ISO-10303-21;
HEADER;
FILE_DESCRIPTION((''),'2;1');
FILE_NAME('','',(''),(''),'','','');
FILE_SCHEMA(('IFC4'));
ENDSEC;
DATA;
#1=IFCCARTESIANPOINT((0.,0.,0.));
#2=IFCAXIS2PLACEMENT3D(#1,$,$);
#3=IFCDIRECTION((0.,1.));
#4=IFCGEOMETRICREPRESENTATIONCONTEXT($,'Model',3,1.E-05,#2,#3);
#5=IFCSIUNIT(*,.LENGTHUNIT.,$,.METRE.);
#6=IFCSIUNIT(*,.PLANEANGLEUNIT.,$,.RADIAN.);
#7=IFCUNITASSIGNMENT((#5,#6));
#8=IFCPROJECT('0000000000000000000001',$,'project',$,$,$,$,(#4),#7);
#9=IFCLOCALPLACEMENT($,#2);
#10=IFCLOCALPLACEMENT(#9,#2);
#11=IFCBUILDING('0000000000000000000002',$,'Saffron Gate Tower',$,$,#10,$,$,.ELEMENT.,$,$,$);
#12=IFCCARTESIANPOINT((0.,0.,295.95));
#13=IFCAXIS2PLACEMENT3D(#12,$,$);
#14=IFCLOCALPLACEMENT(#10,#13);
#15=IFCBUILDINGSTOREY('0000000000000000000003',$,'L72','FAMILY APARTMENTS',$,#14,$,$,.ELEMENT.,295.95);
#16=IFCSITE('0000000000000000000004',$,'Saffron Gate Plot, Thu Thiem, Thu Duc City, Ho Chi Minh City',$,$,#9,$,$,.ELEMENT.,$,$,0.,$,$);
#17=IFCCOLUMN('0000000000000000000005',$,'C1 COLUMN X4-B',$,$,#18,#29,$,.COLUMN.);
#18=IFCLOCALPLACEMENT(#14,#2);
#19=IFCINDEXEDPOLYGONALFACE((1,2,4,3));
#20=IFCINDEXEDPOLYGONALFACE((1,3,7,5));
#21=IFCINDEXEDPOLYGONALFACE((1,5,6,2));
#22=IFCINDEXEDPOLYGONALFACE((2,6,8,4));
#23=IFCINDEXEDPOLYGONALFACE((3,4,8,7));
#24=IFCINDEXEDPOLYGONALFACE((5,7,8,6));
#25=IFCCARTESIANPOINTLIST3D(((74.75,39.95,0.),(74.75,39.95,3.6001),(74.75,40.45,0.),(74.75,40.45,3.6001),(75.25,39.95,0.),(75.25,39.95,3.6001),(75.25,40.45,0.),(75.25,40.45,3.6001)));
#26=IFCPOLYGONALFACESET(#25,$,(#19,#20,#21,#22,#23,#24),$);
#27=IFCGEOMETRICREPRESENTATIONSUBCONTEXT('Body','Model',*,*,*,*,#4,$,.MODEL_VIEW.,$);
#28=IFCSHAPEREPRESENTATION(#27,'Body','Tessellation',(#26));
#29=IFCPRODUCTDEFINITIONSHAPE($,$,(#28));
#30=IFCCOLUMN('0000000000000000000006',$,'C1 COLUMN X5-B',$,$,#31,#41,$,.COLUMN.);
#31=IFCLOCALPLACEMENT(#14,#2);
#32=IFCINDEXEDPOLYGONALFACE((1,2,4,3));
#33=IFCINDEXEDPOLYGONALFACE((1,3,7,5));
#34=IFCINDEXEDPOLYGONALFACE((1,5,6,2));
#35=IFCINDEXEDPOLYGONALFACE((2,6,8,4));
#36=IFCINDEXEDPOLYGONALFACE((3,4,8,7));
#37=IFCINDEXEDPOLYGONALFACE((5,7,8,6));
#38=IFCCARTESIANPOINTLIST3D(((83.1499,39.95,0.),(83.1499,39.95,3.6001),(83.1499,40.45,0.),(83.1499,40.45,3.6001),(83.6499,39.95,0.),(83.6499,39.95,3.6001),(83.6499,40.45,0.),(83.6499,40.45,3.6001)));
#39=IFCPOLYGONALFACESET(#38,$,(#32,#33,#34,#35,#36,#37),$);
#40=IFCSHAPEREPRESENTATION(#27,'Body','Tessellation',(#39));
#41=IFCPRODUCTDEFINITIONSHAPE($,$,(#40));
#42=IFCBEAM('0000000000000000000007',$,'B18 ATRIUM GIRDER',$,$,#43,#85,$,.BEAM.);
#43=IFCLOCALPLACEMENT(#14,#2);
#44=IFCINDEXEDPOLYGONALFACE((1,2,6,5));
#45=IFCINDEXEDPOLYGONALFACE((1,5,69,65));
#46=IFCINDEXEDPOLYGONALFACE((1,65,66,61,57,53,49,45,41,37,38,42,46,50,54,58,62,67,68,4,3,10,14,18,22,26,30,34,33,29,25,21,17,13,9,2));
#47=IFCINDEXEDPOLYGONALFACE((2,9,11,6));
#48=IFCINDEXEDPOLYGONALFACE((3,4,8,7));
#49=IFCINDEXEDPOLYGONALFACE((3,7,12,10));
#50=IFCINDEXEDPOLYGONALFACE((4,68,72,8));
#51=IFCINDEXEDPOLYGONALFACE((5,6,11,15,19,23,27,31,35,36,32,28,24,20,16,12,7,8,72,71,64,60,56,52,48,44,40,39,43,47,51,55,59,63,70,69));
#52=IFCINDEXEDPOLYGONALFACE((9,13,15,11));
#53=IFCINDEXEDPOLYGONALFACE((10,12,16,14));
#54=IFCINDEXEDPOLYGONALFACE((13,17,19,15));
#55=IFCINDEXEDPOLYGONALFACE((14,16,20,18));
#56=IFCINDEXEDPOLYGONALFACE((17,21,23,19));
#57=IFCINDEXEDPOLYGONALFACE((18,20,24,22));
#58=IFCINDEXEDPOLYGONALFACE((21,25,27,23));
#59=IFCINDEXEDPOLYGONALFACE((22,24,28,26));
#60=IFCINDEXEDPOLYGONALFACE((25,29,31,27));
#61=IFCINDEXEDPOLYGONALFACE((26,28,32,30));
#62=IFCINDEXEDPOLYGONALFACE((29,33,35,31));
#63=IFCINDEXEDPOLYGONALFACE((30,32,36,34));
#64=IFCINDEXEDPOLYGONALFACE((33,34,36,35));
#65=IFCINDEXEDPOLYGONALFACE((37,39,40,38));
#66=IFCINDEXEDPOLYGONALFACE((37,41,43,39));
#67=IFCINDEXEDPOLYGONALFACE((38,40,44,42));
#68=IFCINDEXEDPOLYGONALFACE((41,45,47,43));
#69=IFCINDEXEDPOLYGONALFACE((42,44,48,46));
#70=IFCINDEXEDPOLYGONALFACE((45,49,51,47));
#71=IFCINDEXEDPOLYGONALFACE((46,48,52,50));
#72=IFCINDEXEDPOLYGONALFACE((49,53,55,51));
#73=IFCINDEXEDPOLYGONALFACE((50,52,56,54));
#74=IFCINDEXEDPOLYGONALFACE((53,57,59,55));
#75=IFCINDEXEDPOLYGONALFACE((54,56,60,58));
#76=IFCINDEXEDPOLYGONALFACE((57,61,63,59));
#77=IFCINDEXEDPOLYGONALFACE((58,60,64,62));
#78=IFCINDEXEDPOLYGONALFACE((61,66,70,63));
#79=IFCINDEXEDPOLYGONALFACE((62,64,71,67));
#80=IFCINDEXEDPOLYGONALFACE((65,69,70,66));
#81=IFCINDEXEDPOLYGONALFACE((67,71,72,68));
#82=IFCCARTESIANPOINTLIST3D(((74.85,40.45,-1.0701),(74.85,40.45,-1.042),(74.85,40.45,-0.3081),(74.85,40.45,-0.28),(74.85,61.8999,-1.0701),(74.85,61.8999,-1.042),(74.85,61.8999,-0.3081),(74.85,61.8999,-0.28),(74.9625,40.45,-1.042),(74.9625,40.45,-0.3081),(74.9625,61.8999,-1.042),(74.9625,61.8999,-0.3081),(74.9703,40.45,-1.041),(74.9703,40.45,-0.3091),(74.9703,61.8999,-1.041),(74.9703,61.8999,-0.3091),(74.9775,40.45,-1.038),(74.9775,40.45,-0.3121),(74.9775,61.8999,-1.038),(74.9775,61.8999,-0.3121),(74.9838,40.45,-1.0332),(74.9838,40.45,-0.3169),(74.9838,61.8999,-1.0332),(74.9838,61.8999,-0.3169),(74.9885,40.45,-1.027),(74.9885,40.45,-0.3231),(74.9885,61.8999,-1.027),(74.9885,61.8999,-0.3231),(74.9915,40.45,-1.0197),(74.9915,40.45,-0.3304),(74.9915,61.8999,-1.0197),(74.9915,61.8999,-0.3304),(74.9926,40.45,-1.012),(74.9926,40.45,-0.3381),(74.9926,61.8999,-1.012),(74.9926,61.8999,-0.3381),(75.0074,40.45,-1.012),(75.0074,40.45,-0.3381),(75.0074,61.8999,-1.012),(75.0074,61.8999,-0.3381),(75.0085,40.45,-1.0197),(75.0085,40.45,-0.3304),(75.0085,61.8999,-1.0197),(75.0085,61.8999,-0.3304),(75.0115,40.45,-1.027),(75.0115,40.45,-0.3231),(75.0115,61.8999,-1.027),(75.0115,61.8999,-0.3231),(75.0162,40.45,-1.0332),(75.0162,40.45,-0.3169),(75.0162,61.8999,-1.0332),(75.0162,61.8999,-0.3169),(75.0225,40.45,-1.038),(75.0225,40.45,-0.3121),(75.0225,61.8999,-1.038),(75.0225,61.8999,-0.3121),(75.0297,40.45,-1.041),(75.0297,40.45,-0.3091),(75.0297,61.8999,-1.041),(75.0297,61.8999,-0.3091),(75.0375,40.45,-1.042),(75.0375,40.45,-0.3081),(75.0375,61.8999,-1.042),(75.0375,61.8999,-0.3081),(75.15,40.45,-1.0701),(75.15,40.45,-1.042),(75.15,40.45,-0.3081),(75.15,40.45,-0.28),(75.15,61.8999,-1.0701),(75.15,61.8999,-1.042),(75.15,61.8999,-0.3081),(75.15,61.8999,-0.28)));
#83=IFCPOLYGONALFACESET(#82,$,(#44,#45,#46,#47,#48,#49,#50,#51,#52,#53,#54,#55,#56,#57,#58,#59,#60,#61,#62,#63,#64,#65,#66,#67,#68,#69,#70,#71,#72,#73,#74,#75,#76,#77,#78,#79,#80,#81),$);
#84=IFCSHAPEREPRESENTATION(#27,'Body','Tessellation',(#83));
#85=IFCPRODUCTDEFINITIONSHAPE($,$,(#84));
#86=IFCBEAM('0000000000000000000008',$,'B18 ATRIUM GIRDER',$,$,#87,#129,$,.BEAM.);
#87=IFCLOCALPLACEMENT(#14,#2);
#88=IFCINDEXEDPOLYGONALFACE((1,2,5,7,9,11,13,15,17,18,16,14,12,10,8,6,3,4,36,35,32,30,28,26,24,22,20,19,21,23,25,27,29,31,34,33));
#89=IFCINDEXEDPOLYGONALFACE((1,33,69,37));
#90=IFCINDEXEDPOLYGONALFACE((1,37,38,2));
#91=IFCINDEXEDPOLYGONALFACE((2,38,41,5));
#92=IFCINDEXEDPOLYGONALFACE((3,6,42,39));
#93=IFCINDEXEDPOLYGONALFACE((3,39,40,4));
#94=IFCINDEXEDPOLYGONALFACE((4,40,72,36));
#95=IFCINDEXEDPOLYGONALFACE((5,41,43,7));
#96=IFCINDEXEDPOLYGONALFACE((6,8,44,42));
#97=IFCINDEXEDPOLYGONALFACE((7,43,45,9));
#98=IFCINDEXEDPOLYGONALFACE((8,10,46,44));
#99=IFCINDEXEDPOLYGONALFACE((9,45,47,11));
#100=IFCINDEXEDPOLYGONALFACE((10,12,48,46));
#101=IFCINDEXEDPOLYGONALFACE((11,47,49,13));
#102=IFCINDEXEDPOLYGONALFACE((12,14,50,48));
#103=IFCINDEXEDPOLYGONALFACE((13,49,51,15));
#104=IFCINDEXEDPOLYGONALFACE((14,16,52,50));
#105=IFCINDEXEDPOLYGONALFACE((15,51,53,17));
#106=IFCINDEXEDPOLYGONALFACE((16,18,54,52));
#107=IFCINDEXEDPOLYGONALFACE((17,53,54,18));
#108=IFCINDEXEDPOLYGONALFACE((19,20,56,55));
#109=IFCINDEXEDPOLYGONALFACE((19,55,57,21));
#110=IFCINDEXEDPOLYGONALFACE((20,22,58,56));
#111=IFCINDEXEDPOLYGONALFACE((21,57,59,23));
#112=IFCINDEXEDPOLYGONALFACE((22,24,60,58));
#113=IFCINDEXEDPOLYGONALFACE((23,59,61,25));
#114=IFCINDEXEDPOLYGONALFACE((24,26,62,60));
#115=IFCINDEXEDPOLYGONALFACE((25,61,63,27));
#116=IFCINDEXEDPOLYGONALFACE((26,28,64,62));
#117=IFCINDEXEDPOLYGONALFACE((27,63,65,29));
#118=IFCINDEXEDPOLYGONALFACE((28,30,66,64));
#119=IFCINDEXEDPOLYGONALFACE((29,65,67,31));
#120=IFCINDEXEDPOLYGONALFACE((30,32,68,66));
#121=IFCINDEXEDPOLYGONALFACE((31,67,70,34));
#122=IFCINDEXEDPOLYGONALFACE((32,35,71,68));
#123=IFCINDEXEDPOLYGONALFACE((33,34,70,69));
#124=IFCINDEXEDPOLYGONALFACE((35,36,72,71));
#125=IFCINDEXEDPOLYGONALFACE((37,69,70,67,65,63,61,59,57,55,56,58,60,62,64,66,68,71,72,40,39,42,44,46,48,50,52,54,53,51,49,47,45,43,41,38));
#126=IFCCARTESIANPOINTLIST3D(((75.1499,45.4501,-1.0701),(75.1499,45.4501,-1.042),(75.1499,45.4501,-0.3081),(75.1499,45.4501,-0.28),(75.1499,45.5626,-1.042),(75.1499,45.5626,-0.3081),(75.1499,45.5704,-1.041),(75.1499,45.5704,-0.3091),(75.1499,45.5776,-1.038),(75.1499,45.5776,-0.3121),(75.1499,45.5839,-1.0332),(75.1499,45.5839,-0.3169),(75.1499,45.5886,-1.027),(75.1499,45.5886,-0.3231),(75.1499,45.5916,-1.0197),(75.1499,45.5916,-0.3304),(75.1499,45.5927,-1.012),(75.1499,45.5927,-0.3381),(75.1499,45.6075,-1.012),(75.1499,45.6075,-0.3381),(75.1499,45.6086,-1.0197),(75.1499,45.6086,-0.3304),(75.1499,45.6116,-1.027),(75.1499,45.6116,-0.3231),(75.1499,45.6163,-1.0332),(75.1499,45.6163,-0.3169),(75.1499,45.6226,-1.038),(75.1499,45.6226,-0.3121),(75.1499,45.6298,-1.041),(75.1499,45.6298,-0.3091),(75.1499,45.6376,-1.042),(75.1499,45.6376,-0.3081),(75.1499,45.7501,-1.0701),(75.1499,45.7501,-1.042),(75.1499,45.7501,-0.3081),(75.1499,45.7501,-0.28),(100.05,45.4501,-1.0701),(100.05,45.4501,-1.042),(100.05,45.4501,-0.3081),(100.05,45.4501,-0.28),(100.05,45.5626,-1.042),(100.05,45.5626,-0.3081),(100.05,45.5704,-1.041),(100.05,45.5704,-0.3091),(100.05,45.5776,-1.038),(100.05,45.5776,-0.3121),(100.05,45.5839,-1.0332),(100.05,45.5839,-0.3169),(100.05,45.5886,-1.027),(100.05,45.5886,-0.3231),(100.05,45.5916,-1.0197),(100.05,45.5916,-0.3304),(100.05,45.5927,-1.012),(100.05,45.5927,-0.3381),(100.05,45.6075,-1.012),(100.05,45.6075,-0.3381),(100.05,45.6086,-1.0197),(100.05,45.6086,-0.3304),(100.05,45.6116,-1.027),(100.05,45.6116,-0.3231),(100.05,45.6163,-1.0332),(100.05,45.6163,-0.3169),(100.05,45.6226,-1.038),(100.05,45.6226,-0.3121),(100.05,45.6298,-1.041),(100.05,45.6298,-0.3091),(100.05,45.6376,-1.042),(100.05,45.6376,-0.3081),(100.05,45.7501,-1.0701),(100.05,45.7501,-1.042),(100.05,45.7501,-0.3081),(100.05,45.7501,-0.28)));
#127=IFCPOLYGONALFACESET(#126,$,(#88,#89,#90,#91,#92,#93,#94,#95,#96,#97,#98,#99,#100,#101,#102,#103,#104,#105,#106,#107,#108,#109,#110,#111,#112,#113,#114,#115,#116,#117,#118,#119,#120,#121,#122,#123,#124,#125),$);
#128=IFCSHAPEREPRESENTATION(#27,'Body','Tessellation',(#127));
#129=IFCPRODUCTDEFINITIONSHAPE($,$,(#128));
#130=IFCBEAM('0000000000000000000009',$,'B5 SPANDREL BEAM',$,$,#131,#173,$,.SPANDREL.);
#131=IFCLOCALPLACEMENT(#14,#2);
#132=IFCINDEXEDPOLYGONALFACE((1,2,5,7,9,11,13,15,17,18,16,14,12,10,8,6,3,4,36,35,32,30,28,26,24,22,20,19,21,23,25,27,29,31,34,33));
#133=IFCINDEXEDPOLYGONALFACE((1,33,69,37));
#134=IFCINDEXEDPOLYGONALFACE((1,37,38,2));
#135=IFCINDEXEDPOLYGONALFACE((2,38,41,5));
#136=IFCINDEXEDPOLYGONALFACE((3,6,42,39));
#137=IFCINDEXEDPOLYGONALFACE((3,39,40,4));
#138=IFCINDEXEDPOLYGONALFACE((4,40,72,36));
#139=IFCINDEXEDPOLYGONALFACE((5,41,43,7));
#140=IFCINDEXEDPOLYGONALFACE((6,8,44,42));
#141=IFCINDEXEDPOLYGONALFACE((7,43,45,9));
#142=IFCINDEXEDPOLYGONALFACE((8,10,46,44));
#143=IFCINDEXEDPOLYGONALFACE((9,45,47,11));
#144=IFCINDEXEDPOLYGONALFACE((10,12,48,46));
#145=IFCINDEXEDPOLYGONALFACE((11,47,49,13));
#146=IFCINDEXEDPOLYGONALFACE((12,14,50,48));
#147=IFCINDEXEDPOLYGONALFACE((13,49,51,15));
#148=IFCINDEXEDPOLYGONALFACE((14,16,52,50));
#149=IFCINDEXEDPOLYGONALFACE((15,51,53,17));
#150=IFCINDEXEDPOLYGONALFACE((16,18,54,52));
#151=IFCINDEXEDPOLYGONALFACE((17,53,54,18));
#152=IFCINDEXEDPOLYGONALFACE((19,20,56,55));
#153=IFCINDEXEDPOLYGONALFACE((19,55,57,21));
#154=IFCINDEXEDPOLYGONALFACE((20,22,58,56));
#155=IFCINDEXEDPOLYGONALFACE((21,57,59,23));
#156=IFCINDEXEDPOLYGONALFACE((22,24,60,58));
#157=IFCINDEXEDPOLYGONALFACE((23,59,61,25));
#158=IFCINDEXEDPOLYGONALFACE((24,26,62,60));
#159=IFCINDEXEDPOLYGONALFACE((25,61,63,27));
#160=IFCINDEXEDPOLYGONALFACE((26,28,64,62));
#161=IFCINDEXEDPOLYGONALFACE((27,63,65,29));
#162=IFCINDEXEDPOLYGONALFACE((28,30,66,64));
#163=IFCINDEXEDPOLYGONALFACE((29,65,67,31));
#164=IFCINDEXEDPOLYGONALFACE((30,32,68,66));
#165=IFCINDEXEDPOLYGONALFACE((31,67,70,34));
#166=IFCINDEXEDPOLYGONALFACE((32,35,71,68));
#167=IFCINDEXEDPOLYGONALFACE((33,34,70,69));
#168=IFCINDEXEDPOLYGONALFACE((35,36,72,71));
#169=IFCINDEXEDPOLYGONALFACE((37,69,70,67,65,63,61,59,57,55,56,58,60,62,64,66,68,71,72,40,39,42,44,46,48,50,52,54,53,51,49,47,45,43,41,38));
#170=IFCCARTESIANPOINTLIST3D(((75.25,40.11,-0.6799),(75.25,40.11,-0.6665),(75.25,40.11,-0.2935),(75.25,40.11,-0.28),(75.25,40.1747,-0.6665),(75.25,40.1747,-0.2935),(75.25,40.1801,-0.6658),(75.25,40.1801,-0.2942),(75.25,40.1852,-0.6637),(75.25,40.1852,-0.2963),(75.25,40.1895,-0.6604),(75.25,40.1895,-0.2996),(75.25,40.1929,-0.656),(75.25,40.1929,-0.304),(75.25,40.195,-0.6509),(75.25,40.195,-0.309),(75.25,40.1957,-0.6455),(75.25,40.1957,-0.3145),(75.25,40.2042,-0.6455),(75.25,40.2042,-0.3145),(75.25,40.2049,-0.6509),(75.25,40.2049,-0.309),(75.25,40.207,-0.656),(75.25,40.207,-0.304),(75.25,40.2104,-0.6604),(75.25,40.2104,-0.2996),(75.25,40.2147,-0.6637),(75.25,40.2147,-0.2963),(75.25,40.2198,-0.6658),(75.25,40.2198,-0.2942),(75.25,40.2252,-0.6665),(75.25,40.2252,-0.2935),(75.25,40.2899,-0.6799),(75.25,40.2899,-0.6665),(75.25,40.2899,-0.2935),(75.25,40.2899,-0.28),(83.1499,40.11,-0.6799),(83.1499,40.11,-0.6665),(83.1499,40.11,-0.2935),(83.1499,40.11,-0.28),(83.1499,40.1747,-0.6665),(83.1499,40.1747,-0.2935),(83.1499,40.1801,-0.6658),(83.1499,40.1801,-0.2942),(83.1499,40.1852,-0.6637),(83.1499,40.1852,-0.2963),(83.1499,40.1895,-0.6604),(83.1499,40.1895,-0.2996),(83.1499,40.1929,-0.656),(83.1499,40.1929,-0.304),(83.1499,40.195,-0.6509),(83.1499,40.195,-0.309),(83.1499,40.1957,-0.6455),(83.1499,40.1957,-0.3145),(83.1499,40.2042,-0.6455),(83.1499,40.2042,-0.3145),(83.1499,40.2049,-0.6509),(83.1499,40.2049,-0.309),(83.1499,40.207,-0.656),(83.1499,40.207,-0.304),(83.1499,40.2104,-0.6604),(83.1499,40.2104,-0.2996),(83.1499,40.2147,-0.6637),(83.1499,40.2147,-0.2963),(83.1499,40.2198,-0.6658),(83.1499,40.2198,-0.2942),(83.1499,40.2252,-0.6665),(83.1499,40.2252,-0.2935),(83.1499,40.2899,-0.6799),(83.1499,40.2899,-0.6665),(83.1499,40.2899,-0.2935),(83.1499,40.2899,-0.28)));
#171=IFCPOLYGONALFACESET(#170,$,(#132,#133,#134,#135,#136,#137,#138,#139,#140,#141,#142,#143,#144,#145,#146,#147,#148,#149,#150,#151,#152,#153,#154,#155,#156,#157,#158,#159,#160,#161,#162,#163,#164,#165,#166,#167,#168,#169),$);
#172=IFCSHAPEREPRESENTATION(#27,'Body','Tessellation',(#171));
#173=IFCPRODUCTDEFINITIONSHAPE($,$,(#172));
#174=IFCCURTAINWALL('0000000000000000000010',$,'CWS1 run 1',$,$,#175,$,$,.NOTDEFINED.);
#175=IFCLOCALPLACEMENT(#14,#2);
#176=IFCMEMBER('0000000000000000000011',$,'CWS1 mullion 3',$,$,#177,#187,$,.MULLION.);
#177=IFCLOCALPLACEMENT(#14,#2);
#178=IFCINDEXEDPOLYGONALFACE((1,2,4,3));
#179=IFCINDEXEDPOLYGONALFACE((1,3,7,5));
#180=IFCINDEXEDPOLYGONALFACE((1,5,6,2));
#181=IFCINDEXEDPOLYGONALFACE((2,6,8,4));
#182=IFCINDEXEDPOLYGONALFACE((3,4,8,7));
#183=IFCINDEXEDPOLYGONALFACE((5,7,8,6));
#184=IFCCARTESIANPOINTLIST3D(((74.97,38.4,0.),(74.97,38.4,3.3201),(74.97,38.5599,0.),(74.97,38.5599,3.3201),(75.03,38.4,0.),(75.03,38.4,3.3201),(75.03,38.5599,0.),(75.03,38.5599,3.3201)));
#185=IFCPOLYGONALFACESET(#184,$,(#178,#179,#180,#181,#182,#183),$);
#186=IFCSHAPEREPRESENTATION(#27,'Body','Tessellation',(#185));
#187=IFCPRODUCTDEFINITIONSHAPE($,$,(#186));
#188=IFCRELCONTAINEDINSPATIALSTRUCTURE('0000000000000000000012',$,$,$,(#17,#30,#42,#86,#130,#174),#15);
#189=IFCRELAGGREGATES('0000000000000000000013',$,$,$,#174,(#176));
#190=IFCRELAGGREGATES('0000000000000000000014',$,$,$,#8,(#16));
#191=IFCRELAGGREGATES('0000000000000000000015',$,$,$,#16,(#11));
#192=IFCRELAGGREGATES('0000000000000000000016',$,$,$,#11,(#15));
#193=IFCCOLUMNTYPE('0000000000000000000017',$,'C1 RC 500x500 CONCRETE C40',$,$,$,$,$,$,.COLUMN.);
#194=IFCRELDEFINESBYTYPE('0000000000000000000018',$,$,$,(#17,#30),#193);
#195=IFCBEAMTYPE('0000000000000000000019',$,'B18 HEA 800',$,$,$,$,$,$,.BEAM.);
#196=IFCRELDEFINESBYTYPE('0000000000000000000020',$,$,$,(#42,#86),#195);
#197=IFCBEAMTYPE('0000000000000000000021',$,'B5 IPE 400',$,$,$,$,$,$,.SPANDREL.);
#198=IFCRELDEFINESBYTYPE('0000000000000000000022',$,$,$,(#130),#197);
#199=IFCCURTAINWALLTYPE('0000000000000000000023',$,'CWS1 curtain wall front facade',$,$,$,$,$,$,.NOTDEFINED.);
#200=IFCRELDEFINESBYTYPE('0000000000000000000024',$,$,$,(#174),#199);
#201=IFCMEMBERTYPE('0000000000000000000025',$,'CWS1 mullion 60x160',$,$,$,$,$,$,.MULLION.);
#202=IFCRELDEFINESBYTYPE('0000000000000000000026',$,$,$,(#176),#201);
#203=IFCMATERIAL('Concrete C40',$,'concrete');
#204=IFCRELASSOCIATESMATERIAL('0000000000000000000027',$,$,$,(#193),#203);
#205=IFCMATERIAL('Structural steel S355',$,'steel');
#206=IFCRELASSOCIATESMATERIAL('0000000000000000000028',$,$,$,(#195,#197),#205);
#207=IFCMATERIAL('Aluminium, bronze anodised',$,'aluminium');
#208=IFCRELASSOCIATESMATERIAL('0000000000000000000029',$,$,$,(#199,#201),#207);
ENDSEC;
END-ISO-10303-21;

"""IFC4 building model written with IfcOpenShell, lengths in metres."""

from ifc_helpers import new_model, si_unit, direction, frame, origin, origin_2d, place, context, subcontext, project, spatial, rectangle, i_section, extrude, material, material_profile, profile_set, type_object, element, aggregate, save


model = new_model("IFC4")

# Units and contexts
model_context = context("Model", 3, precision=1e-05, world=origin(), true_north=direction((0.0, 1.0)))
body_context = subcontext(model_context, "Body", "Model", "MODEL_VIEW")
ifc_project = project(units=[si_unit("LENGTHUNIT", "METRE"), si_unit("PLANEANGLEUNIT", "RADIAN")], contexts=[model_context])

# Site, building, storey
site_placement = place(None, origin())
site = spatial("IfcSite", under=ifc_project, at=site_placement, Name="Saffron Gate Plot, Thu Thiem, Thu Duc City, Ho Chi Minh City", CompositionType="ELEMENT", RefElevation=0.0)
building_placement = place(site_placement, origin())
building = spatial("IfcBuilding", under=site, at=building_placement, Name="Saffron Gate Tower", CompositionType="ELEMENT")
storey_placement = place(building_placement, frame((0.0, 0.0, 295.95)))
storey = spatial("IfcBuildingStorey", under=building, at=storey_placement, Name="L72", Description="FAMILY APARTMENTS", CompositionType="ELEMENT", Elevation=295.95)

# Columns
ifc_material_1 = material(Name="Concrete C40", Category="concrete")
ifc_material_profile_1 = material_profile(ifc_material_1, rectangle(XDim=0.5, YDim=0.5, at=origin_2d()))
ifc_profile_set_1 = profile_set([ifc_material_profile_1], Name="Concrete C40")
column_type = type_object("IfcColumnType", Name="C1 RC 500x500 CONCRETE C40", PredefinedType="COLUMN", material=ifc_profile_set_1)
for number, where, z_axis, x_axis, name in (
    (1, (75.0, 40.2, 0.0), (0.0, 0.0, 1.0), (1.0, 0.0, 0.0), "C1 COLUMN X4-B"),
    (2, (83.3999, 40.2, 0.0), (0.0, 0.0, 1.0), (1.0, 0.0, 0.0), "C1 COLUMN X5-B"),
):
    element("IfcColumn", number, at=place(storey_placement, frame(where, z_axis=z_axis, x_axis=x_axis)), inside=storey, type_object=column_type, Name=name, PredefinedType="COLUMN", context=body_context, shape_type="SweptSolid", body=[
        extrude(rectangle(XDim=0.5, YDim=0.5, at=origin_2d()), origin(), (0.0, 0.0, 1.0), 3.6001),
    ])

# Beams
ifc_material_2 = material(Name="Structural steel S355", Category="steel")
ifc_material_profile_2 = material_profile(ifc_material_2, i_section(OverallWidth=0.3, OverallDepth=0.79, WebThickness=0.0149, FlangeThickness=0.0281, FilletRadius=0.03, at=origin_2d()))
ifc_profile_set_2 = profile_set([ifc_material_profile_2], Name="Structural steel S355")
beam_type_1 = type_object("IfcBeamType", Name="B18 HEA 800", PredefinedType="BEAM", material=ifc_profile_set_2)
beam_1_placement = place(storey_placement, frame((75.0, 40.45, -0.675), z_axis=(0.0, 1.0, 0.0), x_axis=(-1.0, 0.0, 0.0)))
element("IfcBeam", 3, at=beam_1_placement, inside=storey, type_object=beam_type_1, Name="B18 ATRIUM GIRDER", PredefinedType="BEAM", context=body_context, shape_type="SweptSolid", body=[
    extrude(i_section(OverallWidth=0.3, OverallDepth=0.79, WebThickness=0.0149, FlangeThickness=0.0281, FilletRadius=0.03, at=origin_2d()), origin(), (0.0, 0.0, 1.0), 21.45),
])
beam_2_placement = place(storey_placement, frame((75.1499, 45.6001, -0.675), z_axis=(1.0, 0.0, 0.0), x_axis=(0.0, 1.0, 0.0)))
element("IfcBeam", 4, at=beam_2_placement, inside=storey, type_object=beam_type_1, Name="B18 ATRIUM GIRDER", PredefinedType="BEAM", context=body_context, shape_type="SweptSolid", body=[
    extrude(i_section(OverallWidth=0.3, OverallDepth=0.79, WebThickness=0.0149, FlangeThickness=0.0281, FilletRadius=0.03, at=origin_2d()), origin(), (0.0, 0.0, 1.0), 24.9001),
])
ifc_material_profile_3 = material_profile(ifc_material_2, i_section(OverallWidth=0.1799, OverallDepth=0.3999, WebThickness=0.0085, FlangeThickness=0.0134, FilletRadius=0.021, at=origin_2d()))
ifc_profile_set_3 = profile_set([ifc_material_profile_3], Name="Structural steel S355")
beam_type_2 = type_object("IfcBeamType", Name="B5 IPE 400", PredefinedType="SPANDREL", material=ifc_profile_set_3)
beam_3_placement = place(storey_placement, frame((75.25, 40.2, -0.48), z_axis=(1.0, 0.0, 0.0), x_axis=(0.0, 1.0, 0.0)))
element("IfcBeam", 5, at=beam_3_placement, inside=storey, type_object=beam_type_2, Name="B5 SPANDREL BEAM", PredefinedType="SPANDREL", context=body_context, shape_type="SweptSolid", body=[
    extrude(i_section(OverallWidth=0.1799, OverallDepth=0.3999, WebThickness=0.0085, FlangeThickness=0.0134, FilletRadius=0.021, at=origin_2d()), origin(), (0.0, 0.0, 1.0), 7.8999),
])

# Curtain wall, member
ifc_material_3 = material(Name="Aluminium, bronze anodised", Category="aluminium")
curtain_wall_type = type_object("IfcCurtainWallType", Name="CWS1 curtain wall front facade", PredefinedType="NOTDEFINED", material=ifc_material_3)
curtain_wall_placement = place(storey_placement, origin())
curtain_wall = element("IfcCurtainWall", 6, at=curtain_wall_placement, inside=storey, type_object=curtain_wall_type, Name="CWS1 run 1", PredefinedType="NOTDEFINED")
ifc_material_profile_4 = material_profile(ifc_material_3, rectangle(XDim=0.1599, YDim=0.0601, at=origin_2d()))
ifc_profile_set_4 = profile_set([ifc_material_profile_4], Name="Aluminium, bronze anodised")
member_type = type_object("IfcMemberType", Name="CWS1 mullion 60x160", PredefinedType="MULLION", material=ifc_profile_set_4)
member_placement = place(storey_placement, frame((75.0, 38.48, 0.0), z_axis=(0.0, 0.0, 1.0), x_axis=(0.0, 1.0, 0.0)))
member = element("IfcMember", 7, at=member_placement, type_object=member_type, Name="CWS1 mullion 3", PredefinedType="MULLION", context=body_context, shape_type="SweptSolid", body=[
    extrude(rectangle(XDim=0.1599, YDim=0.0601, at=origin_2d()), origin(), (0.0, 0.0, 1.0), 3.3201),
])
aggregate(curtain_wall, [member])

save(model, "model.ifc")
